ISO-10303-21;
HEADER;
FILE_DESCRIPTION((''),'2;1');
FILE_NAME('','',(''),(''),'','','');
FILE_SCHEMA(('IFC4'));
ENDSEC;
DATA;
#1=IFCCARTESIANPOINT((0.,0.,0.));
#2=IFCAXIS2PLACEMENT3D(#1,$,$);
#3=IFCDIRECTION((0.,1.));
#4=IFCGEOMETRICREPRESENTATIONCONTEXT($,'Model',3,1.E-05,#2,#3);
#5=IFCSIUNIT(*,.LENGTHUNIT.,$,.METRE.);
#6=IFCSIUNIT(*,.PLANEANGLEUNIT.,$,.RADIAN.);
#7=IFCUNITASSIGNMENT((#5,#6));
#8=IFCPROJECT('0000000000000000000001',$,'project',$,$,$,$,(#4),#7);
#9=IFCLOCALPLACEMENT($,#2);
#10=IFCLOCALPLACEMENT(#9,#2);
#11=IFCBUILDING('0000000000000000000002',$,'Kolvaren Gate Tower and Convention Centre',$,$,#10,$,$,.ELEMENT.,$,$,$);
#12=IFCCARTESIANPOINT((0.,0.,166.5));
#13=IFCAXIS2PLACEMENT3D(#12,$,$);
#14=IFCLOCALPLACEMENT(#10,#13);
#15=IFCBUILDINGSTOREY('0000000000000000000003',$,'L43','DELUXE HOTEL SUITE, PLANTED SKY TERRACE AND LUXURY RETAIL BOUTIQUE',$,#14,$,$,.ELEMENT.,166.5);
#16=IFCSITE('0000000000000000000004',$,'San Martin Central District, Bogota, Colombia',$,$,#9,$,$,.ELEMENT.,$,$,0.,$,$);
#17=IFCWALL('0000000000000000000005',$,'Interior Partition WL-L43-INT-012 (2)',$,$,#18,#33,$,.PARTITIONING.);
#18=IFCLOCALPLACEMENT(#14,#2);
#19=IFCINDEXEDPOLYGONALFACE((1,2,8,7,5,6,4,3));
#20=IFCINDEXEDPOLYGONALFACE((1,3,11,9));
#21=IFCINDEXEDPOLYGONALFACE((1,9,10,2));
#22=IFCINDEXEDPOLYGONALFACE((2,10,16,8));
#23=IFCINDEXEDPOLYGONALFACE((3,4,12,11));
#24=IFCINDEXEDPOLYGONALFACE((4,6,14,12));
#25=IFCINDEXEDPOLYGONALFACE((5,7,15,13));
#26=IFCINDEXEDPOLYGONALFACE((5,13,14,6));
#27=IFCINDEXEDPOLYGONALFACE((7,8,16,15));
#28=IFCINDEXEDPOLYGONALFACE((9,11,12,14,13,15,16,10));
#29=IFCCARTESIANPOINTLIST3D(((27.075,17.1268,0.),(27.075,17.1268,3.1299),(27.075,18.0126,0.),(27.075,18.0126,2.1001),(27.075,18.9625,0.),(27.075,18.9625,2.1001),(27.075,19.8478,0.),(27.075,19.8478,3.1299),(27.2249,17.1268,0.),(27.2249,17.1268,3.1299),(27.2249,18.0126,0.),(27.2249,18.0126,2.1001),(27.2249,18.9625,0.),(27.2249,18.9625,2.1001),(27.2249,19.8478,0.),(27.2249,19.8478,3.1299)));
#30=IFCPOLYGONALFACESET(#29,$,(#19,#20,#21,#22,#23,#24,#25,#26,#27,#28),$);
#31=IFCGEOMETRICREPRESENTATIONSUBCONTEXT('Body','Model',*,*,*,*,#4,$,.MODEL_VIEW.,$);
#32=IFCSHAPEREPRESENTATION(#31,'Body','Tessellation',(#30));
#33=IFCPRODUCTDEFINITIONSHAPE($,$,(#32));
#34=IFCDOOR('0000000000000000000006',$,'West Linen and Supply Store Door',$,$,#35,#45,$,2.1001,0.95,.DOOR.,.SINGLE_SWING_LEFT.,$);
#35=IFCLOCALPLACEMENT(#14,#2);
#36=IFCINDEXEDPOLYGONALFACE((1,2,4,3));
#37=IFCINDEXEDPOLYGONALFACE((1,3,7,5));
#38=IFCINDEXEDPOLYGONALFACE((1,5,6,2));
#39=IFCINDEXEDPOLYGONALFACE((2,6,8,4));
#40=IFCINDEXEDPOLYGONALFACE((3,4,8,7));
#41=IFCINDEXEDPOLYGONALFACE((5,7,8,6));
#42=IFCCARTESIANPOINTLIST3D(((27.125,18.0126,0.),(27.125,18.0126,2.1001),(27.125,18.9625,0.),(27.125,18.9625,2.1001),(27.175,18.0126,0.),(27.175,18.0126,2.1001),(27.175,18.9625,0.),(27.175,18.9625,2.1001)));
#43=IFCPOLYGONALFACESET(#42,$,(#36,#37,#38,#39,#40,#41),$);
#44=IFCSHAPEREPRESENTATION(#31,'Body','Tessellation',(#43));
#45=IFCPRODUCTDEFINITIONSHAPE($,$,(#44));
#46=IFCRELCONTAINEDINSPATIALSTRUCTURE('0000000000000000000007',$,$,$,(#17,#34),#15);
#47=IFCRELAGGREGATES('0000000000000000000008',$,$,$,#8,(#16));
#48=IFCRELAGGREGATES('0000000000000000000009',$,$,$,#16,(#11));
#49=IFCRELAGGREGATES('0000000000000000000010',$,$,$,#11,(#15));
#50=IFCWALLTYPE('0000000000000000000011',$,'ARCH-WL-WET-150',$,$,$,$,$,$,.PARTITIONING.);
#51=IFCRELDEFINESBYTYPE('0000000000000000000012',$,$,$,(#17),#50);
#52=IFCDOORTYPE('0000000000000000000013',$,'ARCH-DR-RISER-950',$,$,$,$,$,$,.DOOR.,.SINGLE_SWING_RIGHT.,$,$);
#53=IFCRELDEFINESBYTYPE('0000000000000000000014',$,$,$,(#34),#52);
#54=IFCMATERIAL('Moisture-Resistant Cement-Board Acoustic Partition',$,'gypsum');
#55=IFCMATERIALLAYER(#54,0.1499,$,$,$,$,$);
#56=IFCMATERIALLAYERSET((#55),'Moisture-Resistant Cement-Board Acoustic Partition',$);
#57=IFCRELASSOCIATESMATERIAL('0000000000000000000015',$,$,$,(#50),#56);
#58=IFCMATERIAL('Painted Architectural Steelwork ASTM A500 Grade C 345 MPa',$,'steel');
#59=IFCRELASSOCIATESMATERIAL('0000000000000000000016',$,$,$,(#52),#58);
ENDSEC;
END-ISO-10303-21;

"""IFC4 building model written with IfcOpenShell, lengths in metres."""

from ifc_helpers import new_model, si_unit, direction, frame, frame_2d, origin, place, context, subcontext, project, spatial, rectangle, extrude, material, layer, layer_set, type_object, element, fill, save


model = new_model("IFC4")

# Units and contexts
model_context = context("Model", 3, precision=1e-05, world=origin(), true_north=direction((0.0, 1.0)))
body_context = subcontext(model_context, "Body", "Model", "MODEL_VIEW")
ifc_project = project(units=[si_unit("LENGTHUNIT", "METRE"), si_unit("PLANEANGLEUNIT", "RADIAN")], contexts=[model_context])

# Site, building, storey
site_placement = place(None, origin())
site = spatial("IfcSite", under=ifc_project, at=site_placement, Name="San Martin Central District, Bogota, Colombia", CompositionType="ELEMENT", RefElevation=0.0)
building_placement = place(site_placement, origin())
building = spatial("IfcBuilding", under=site, at=building_placement, Name="Kolvaren Gate Tower and Convention Centre", CompositionType="ELEMENT")
storey_placement = place(building_placement, frame((0.0, 0.0, 166.5)))
storey = spatial("IfcBuildingStorey", under=building, at=storey_placement, Name="L43", Description="DELUXE HOTEL SUITE, PLANTED SKY TERRACE AND LUXURY RETAIL BOUTIQUE", CompositionType="ELEMENT", Elevation=166.5)

# Shared definitions
ifc_material_1 = material(Name="Moisture-Resistant Cement-Board Acoustic Partition", Category="gypsum")
ifc_layer_1 = layer(ifc_material_1, 0.1499)
ifc_layer_set_1 = layer_set([ifc_layer_1], Name="Moisture-Resistant Cement-Board Acoustic Partition")
wall_type_1 = type_object("IfcWallType", Name="ARCH-WL-WET-150", PredefinedType="PARTITIONING", material=ifc_layer_set_1)

# Shared definitions
ifc_material_2 = material(Name="Painted Architectural Steelwork ASTM A500 Grade C 345 MPa", Category="steel")
door_type_1 = type_object("IfcDoorType", Name="ARCH-DR-RISER-950", OperationType="SINGLE_SWING_RIGHT", PredefinedType="DOOR", material=ifc_material_2)

# Wall, opening, door
wall_1_placement = place(storey_placement, frame((27.1499, 17.127, 0.0), z_axis=(0.0, 0.0, 1.0), x_axis=(0.0, 1.0, 0.0)))
wall_1 = element("IfcWall", 1, at=wall_1_placement, inside=storey, type_object=wall_type_1, Name="Interior Partition WL-L43-INT-012 (2)", PredefinedType="PARTITIONING", context=body_context, shape_type="SweptSolid", body=[
    extrude(rectangle(XDim=2.7209, YDim=0.1499, at=frame_2d((1.3604, 0.0))), origin(), (0.0, 0.0, 1.0), 3.1299),
])
opening_1_placement = place(wall_1_placement, frame((0.8855, 0.0, 0.0)))
opening_1 = element("IfcOpeningElement", 2, at=opening_1_placement, cuts=wall_1, PredefinedType="OPENING", context=body_context, shape_type="SweptSolid", body=[
    extrude(rectangle(XDim=0.95, YDim=2.1001, at=frame_2d((0.4751, 1.05))), frame((0.0, 0.085, 0.0), z_axis=(0.0, -1.0, 0.0), x_axis=(1.0, 0.0, 0.0)), (0.0, 0.0, 1.0), 0.1699),
])
door_1_placement = place(opening_1_placement, origin())
door_1 = element("IfcDoor", 3, at=door_1_placement, inside=storey, type_object=door_type_1, Name="West Linen and Supply Store Door", OperationType="SINGLE_SWING_LEFT", OverallHeight=2.1001, OverallWidth=0.95, PredefinedType="DOOR", context=body_context, shape_type="SweptSolid", body=[
    extrude(rectangle(XDim=0.95, YDim=2.1001, at=frame_2d((0.4751, 1.05))), frame((0.0, 0.0249, 0.0), z_axis=(0.0, -1.0, 0.0), x_axis=(1.0, 0.0, 0.0)), (0.0, 0.0, 1.0), 0.05),
])
fill(opening_1, door_1)

save(model, "model.ifc")
